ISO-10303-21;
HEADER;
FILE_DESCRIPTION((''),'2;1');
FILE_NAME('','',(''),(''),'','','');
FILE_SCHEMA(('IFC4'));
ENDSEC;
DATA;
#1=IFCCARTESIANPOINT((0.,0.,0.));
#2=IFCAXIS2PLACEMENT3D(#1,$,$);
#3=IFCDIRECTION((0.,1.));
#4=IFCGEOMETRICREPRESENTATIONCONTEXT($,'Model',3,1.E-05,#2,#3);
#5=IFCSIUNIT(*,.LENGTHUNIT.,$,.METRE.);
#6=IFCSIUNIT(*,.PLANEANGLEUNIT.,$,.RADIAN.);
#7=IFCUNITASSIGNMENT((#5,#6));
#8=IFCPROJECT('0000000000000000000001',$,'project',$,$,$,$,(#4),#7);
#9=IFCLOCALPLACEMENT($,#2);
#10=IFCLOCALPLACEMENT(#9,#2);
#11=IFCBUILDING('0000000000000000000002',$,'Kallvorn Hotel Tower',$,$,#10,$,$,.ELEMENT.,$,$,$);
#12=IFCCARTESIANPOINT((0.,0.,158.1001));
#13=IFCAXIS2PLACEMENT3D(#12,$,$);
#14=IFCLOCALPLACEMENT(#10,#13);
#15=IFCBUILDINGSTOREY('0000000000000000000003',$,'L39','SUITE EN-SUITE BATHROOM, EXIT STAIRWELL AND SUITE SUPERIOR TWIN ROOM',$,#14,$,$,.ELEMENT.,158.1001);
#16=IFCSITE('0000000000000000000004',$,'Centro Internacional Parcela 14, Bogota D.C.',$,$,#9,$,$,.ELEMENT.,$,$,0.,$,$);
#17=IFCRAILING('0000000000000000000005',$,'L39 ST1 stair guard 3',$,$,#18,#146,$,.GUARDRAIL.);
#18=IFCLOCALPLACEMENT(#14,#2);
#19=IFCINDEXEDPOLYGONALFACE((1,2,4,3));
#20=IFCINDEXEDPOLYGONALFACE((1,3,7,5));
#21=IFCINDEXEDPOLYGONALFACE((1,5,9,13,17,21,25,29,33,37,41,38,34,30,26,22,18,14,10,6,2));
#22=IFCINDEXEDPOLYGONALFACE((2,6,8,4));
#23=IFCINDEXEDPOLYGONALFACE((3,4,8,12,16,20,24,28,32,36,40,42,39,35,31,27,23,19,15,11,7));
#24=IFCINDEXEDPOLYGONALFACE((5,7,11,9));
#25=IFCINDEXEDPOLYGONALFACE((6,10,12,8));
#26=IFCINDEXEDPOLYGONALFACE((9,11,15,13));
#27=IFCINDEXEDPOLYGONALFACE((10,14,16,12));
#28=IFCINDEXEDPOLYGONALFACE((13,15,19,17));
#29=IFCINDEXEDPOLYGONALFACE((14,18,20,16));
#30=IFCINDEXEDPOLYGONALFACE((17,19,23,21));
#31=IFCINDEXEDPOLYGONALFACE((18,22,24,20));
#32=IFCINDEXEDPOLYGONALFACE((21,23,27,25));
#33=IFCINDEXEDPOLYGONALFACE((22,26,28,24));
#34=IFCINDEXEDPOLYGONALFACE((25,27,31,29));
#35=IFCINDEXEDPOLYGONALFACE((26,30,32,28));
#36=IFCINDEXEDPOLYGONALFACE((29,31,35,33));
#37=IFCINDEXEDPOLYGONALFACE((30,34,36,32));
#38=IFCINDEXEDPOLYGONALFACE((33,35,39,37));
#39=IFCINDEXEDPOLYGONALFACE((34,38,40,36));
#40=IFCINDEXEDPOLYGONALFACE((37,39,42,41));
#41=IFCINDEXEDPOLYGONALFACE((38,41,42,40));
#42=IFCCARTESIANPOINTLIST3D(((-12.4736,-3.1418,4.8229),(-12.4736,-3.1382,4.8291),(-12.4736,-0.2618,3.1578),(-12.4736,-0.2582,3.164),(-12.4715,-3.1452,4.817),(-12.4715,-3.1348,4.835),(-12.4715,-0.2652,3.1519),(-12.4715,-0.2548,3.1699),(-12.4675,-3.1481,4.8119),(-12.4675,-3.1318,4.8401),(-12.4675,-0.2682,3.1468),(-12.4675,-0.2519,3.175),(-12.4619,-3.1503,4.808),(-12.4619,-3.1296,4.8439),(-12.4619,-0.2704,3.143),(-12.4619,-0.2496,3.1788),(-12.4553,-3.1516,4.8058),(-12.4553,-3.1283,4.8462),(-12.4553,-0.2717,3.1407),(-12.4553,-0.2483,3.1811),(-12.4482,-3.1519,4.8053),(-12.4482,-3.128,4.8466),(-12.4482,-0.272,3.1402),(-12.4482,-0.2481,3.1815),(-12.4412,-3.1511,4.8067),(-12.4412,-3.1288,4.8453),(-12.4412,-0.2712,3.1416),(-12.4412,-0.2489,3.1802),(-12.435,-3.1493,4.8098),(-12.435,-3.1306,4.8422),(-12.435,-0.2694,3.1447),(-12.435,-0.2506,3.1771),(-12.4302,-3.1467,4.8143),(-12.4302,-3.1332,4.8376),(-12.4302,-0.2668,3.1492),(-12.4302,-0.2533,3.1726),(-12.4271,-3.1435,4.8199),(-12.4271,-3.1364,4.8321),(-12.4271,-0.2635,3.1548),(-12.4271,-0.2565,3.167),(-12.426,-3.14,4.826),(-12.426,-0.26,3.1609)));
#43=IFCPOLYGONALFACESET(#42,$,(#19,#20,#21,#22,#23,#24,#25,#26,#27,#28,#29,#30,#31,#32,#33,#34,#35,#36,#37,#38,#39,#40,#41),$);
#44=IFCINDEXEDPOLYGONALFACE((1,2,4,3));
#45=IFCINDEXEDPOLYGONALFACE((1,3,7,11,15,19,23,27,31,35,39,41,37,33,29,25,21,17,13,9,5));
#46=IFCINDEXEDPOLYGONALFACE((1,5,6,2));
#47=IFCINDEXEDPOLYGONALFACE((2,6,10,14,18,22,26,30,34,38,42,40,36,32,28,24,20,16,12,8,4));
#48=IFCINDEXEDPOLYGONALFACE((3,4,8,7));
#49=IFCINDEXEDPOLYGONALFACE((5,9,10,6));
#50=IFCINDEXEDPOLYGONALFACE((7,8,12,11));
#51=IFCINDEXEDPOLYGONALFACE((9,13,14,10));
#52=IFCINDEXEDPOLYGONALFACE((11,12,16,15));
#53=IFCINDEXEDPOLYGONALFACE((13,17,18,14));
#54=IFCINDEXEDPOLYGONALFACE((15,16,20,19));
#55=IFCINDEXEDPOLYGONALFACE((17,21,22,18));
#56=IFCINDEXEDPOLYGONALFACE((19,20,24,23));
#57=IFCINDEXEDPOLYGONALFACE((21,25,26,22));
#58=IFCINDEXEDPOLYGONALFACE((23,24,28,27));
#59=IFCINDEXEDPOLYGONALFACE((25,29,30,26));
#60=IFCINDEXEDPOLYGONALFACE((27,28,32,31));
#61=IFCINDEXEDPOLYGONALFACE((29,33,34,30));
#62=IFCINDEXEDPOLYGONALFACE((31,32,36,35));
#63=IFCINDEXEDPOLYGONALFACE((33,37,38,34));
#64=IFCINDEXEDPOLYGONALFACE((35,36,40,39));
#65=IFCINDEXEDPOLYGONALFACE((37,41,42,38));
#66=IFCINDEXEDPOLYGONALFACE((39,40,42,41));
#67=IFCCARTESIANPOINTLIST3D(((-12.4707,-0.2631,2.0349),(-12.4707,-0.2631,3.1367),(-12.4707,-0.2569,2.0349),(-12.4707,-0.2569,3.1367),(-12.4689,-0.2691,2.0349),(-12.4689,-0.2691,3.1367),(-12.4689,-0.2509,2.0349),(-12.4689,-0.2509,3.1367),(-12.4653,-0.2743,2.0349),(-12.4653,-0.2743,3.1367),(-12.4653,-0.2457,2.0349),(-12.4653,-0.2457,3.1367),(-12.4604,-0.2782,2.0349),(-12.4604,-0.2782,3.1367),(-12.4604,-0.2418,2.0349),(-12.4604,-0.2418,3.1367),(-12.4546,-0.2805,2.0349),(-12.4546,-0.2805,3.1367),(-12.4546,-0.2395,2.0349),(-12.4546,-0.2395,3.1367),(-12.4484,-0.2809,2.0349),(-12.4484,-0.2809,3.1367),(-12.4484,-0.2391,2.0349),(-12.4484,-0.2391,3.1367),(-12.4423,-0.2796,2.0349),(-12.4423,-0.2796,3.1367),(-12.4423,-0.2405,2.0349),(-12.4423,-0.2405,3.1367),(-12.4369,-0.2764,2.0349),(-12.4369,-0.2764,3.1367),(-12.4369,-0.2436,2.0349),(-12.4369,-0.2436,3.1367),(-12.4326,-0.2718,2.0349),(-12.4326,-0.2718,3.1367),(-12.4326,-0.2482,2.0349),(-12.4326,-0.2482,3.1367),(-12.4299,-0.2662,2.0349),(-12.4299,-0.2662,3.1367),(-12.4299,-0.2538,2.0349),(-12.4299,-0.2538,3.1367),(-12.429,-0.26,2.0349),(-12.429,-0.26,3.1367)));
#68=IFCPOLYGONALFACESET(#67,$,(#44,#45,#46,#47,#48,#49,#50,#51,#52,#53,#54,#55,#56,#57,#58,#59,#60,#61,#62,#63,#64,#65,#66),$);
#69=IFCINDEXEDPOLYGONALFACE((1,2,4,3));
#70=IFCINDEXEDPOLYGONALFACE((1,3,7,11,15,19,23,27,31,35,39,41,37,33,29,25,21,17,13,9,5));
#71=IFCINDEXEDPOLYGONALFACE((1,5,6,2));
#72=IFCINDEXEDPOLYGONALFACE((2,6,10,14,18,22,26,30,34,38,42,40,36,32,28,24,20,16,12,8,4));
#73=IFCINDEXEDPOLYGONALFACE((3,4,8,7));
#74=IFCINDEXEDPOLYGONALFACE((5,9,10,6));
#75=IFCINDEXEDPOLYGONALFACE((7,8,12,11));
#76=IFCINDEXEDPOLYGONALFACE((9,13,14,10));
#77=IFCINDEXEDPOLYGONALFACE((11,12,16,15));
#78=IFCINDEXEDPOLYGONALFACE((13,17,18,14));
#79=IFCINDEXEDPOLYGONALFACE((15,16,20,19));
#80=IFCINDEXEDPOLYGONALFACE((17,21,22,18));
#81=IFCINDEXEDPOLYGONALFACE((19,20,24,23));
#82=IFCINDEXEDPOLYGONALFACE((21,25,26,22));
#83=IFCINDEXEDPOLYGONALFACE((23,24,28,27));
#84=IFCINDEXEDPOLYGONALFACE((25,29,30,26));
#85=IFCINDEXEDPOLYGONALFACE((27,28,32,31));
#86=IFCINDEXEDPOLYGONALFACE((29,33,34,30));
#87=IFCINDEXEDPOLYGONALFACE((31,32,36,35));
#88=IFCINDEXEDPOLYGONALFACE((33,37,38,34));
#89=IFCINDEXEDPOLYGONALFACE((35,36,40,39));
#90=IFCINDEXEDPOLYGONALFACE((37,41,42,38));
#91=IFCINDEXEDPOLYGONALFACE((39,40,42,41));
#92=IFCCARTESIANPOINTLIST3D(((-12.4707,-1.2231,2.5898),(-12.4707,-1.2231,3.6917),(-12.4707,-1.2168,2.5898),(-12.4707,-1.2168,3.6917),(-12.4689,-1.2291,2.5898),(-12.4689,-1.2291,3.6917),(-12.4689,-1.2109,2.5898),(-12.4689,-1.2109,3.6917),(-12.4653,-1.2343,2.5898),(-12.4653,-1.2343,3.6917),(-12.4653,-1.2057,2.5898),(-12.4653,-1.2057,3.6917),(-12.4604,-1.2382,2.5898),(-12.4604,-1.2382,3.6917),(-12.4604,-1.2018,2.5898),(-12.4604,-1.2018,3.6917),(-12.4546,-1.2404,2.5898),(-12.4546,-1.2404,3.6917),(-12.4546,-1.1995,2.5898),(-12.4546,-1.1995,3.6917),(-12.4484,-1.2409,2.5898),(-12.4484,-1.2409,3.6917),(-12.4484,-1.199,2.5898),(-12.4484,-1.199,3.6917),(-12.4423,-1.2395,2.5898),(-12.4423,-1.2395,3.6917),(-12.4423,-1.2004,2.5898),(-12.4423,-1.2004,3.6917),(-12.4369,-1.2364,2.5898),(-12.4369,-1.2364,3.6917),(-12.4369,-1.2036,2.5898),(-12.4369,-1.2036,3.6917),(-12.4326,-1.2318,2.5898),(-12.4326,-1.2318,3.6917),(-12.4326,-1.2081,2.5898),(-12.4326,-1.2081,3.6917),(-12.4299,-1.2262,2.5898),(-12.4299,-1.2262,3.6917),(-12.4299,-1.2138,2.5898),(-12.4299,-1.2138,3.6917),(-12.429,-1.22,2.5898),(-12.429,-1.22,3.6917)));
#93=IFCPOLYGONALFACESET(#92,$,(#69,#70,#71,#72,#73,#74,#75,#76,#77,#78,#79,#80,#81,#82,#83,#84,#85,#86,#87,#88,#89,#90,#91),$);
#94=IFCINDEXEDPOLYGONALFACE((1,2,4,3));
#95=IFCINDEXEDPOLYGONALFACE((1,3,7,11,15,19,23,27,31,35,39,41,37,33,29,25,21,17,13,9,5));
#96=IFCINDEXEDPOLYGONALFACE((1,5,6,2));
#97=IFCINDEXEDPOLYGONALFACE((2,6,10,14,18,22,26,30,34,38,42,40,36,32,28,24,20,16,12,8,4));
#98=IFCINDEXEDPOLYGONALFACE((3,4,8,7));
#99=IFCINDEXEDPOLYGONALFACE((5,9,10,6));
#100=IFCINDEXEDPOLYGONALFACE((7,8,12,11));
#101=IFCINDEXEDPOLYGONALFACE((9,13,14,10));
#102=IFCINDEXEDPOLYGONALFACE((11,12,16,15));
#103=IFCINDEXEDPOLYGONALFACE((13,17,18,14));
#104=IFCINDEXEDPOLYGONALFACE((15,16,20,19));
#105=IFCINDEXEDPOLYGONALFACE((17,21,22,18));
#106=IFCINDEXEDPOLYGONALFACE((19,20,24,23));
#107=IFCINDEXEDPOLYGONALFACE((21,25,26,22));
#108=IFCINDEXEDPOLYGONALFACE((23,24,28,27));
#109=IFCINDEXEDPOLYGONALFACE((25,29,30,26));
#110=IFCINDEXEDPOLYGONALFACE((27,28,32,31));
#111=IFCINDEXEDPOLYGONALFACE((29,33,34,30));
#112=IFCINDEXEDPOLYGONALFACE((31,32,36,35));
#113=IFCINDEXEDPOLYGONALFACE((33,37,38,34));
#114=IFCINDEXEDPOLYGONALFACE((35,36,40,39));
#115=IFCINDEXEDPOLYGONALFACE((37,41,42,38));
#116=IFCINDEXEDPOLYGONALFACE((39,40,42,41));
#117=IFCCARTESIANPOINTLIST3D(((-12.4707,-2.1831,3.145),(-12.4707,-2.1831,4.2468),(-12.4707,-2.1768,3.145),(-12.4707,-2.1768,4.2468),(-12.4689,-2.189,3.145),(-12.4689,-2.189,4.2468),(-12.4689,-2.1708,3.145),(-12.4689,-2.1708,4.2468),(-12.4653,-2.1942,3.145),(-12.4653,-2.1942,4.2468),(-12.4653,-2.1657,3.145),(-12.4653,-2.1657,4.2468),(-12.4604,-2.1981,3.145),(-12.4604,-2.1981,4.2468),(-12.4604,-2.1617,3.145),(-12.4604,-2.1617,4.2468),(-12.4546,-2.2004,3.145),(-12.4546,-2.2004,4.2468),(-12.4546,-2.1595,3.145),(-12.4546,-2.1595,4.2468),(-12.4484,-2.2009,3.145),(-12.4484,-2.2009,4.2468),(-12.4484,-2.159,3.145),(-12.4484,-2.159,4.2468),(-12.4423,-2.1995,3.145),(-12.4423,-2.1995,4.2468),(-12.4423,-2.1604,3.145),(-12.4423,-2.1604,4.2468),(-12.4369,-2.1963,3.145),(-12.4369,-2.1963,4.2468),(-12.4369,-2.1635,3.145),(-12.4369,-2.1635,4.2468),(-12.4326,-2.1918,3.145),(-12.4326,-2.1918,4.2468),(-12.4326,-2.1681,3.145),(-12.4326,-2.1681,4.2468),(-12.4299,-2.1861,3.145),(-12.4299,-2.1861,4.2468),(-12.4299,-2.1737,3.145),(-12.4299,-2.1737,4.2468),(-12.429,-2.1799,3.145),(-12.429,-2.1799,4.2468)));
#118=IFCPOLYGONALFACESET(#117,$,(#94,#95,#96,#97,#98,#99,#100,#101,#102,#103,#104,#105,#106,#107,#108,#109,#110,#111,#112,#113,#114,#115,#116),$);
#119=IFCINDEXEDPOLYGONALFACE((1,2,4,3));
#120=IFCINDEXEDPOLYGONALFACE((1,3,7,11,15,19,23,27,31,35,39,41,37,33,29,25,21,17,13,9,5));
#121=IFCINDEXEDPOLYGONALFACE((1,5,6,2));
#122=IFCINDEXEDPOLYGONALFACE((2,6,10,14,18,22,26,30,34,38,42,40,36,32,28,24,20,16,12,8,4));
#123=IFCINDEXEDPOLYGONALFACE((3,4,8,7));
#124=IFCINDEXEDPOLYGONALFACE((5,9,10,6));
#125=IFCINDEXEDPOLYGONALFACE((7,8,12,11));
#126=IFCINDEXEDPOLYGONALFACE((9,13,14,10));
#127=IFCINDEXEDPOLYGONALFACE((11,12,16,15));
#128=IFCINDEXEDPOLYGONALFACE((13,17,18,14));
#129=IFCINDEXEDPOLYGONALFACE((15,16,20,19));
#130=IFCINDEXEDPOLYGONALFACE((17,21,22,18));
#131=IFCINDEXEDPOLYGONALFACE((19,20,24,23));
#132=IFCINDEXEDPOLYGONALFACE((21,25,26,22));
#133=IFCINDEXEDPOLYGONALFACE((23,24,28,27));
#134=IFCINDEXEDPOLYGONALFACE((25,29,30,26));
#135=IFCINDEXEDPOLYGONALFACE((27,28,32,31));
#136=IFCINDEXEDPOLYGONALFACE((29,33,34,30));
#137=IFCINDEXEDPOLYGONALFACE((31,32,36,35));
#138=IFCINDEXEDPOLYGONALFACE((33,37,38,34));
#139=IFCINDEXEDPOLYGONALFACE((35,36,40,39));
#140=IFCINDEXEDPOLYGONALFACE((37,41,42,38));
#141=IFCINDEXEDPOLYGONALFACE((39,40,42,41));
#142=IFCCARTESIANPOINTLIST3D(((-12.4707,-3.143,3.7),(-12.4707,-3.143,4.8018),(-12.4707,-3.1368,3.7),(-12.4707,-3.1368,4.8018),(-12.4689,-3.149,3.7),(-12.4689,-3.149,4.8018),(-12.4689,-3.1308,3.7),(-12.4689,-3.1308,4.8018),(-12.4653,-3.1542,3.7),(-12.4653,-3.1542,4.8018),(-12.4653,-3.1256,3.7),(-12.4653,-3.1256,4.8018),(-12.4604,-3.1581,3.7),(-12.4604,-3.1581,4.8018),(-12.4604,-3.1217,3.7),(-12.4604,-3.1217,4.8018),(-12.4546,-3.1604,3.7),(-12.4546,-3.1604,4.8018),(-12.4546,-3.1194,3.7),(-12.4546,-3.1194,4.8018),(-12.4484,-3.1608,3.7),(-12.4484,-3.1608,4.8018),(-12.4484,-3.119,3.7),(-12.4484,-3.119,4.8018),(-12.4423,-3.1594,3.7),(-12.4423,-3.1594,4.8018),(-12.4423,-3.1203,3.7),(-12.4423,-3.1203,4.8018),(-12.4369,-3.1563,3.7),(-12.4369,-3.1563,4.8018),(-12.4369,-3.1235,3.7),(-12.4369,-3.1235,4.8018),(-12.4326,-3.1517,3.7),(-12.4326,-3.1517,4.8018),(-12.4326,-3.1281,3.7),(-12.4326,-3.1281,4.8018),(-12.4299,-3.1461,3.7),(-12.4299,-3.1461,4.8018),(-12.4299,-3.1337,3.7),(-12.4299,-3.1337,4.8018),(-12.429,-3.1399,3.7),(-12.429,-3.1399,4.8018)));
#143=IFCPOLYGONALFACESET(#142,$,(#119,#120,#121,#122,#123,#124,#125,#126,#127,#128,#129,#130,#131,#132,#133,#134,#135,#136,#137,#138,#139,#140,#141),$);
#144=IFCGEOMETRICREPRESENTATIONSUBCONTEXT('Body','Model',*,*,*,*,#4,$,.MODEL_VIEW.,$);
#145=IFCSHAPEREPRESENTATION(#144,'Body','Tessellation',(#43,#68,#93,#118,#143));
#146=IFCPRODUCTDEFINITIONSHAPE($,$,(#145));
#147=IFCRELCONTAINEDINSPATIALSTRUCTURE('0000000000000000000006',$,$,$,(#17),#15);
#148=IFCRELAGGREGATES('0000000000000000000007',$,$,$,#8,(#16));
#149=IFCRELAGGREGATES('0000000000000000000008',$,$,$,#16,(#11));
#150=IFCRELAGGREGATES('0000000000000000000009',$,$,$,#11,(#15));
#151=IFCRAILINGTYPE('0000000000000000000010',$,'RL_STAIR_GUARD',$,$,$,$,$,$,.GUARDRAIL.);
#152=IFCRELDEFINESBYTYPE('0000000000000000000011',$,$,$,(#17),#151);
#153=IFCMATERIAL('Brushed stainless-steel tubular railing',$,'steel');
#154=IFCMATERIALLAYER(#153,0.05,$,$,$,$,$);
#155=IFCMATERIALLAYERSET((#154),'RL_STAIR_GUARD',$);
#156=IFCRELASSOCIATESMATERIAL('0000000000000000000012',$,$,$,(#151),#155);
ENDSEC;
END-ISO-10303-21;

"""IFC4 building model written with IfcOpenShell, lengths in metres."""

from ifc_helpers import new_model, si_unit, direction, frame, origin, origin_2d, place, context, subcontext, project, spatial, circle, extrude, material, layer, layer_set, type_object, element, save


model = new_model("IFC4")

# Units and contexts
model_context = context("Model", 3, precision=1e-05, world=origin(), true_north=direction((0.0, 1.0)))
body_context = subcontext(model_context, "Body", "Model", "MODEL_VIEW")
ifc_project = project(units=[si_unit("LENGTHUNIT", "METRE"), si_unit("PLANEANGLEUNIT", "RADIAN")], contexts=[model_context])

# Site, building, storey
site_placement = place(None, origin())
site = spatial("IfcSite", under=ifc_project, at=site_placement, Name="Centro Internacional Parcela 14, Bogota D.C.", CompositionType="ELEMENT", RefElevation=0.0)
building_placement = place(site_placement, origin())
building = spatial("IfcBuilding", under=site, at=building_placement, Name="Kallvorn Hotel Tower", CompositionType="ELEMENT")
storey_placement = place(building_placement, frame((0.0, 0.0, 158.1001)))
storey = spatial("IfcBuildingStorey", under=building, at=storey_placement, Name="L39", Description="SUITE EN-SUITE BATHROOM, EXIT STAIRWELL AND SUITE SUPERIOR TWIN ROOM", CompositionType="ELEMENT", Elevation=158.1001)

# Railing
ifc_material_1 = material(Name="Brushed stainless-steel tubular railing", Category="steel")
ifc_layer_1 = layer(ifc_material_1, 0.05)
ifc_layer_set_1 = layer_set([ifc_layer_1], Name="RL_STAIR_GUARD")
railing_type_1 = type_object("IfcRailingType", Name="RL_STAIR_GUARD", PredefinedType="GUARDRAIL", material=ifc_layer_set_1)
railing_1_placement = place(storey_placement, frame((-12.45, -0.26, 2.0349)))
element("IfcRailing", 1, at=railing_1_placement, inside=storey, type_object=railing_type_1, Name="L39 ST1 stair guard 3", PredefinedType="GUARDRAIL", context=body_context, shape_type="SweptSolid", body=[
    extrude(circle(Radius=0.0239, at=origin_2d()), frame((0.0, 0.0, 1.126), z_axis=(0.0, -0.865721, 0.500527), x_axis=(1.0, 0.0, 0.0)), (0.0, 0.0, 1.0), 3.3267),
    extrude(circle(Radius=0.021, at=origin_2d()), origin(), (0.0, 0.0, 1.0), 1.1018),
    extrude(circle(Radius=0.021, at=origin_2d()), frame((0.0, -0.96, 0.5549)), (0.0, 0.0, 1.0), 1.1018),
    extrude(circle(Radius=0.021, at=origin_2d()), frame((0.0, -1.9199, 1.1101)), (0.0, 0.0, 1.0), 1.1018),
    extrude(circle(Radius=0.021, at=origin_2d()), frame((0.0, -2.8799, 1.665)), (0.0, 0.0, 1.0), 1.1018),
])

save(model, "model.ifc")
